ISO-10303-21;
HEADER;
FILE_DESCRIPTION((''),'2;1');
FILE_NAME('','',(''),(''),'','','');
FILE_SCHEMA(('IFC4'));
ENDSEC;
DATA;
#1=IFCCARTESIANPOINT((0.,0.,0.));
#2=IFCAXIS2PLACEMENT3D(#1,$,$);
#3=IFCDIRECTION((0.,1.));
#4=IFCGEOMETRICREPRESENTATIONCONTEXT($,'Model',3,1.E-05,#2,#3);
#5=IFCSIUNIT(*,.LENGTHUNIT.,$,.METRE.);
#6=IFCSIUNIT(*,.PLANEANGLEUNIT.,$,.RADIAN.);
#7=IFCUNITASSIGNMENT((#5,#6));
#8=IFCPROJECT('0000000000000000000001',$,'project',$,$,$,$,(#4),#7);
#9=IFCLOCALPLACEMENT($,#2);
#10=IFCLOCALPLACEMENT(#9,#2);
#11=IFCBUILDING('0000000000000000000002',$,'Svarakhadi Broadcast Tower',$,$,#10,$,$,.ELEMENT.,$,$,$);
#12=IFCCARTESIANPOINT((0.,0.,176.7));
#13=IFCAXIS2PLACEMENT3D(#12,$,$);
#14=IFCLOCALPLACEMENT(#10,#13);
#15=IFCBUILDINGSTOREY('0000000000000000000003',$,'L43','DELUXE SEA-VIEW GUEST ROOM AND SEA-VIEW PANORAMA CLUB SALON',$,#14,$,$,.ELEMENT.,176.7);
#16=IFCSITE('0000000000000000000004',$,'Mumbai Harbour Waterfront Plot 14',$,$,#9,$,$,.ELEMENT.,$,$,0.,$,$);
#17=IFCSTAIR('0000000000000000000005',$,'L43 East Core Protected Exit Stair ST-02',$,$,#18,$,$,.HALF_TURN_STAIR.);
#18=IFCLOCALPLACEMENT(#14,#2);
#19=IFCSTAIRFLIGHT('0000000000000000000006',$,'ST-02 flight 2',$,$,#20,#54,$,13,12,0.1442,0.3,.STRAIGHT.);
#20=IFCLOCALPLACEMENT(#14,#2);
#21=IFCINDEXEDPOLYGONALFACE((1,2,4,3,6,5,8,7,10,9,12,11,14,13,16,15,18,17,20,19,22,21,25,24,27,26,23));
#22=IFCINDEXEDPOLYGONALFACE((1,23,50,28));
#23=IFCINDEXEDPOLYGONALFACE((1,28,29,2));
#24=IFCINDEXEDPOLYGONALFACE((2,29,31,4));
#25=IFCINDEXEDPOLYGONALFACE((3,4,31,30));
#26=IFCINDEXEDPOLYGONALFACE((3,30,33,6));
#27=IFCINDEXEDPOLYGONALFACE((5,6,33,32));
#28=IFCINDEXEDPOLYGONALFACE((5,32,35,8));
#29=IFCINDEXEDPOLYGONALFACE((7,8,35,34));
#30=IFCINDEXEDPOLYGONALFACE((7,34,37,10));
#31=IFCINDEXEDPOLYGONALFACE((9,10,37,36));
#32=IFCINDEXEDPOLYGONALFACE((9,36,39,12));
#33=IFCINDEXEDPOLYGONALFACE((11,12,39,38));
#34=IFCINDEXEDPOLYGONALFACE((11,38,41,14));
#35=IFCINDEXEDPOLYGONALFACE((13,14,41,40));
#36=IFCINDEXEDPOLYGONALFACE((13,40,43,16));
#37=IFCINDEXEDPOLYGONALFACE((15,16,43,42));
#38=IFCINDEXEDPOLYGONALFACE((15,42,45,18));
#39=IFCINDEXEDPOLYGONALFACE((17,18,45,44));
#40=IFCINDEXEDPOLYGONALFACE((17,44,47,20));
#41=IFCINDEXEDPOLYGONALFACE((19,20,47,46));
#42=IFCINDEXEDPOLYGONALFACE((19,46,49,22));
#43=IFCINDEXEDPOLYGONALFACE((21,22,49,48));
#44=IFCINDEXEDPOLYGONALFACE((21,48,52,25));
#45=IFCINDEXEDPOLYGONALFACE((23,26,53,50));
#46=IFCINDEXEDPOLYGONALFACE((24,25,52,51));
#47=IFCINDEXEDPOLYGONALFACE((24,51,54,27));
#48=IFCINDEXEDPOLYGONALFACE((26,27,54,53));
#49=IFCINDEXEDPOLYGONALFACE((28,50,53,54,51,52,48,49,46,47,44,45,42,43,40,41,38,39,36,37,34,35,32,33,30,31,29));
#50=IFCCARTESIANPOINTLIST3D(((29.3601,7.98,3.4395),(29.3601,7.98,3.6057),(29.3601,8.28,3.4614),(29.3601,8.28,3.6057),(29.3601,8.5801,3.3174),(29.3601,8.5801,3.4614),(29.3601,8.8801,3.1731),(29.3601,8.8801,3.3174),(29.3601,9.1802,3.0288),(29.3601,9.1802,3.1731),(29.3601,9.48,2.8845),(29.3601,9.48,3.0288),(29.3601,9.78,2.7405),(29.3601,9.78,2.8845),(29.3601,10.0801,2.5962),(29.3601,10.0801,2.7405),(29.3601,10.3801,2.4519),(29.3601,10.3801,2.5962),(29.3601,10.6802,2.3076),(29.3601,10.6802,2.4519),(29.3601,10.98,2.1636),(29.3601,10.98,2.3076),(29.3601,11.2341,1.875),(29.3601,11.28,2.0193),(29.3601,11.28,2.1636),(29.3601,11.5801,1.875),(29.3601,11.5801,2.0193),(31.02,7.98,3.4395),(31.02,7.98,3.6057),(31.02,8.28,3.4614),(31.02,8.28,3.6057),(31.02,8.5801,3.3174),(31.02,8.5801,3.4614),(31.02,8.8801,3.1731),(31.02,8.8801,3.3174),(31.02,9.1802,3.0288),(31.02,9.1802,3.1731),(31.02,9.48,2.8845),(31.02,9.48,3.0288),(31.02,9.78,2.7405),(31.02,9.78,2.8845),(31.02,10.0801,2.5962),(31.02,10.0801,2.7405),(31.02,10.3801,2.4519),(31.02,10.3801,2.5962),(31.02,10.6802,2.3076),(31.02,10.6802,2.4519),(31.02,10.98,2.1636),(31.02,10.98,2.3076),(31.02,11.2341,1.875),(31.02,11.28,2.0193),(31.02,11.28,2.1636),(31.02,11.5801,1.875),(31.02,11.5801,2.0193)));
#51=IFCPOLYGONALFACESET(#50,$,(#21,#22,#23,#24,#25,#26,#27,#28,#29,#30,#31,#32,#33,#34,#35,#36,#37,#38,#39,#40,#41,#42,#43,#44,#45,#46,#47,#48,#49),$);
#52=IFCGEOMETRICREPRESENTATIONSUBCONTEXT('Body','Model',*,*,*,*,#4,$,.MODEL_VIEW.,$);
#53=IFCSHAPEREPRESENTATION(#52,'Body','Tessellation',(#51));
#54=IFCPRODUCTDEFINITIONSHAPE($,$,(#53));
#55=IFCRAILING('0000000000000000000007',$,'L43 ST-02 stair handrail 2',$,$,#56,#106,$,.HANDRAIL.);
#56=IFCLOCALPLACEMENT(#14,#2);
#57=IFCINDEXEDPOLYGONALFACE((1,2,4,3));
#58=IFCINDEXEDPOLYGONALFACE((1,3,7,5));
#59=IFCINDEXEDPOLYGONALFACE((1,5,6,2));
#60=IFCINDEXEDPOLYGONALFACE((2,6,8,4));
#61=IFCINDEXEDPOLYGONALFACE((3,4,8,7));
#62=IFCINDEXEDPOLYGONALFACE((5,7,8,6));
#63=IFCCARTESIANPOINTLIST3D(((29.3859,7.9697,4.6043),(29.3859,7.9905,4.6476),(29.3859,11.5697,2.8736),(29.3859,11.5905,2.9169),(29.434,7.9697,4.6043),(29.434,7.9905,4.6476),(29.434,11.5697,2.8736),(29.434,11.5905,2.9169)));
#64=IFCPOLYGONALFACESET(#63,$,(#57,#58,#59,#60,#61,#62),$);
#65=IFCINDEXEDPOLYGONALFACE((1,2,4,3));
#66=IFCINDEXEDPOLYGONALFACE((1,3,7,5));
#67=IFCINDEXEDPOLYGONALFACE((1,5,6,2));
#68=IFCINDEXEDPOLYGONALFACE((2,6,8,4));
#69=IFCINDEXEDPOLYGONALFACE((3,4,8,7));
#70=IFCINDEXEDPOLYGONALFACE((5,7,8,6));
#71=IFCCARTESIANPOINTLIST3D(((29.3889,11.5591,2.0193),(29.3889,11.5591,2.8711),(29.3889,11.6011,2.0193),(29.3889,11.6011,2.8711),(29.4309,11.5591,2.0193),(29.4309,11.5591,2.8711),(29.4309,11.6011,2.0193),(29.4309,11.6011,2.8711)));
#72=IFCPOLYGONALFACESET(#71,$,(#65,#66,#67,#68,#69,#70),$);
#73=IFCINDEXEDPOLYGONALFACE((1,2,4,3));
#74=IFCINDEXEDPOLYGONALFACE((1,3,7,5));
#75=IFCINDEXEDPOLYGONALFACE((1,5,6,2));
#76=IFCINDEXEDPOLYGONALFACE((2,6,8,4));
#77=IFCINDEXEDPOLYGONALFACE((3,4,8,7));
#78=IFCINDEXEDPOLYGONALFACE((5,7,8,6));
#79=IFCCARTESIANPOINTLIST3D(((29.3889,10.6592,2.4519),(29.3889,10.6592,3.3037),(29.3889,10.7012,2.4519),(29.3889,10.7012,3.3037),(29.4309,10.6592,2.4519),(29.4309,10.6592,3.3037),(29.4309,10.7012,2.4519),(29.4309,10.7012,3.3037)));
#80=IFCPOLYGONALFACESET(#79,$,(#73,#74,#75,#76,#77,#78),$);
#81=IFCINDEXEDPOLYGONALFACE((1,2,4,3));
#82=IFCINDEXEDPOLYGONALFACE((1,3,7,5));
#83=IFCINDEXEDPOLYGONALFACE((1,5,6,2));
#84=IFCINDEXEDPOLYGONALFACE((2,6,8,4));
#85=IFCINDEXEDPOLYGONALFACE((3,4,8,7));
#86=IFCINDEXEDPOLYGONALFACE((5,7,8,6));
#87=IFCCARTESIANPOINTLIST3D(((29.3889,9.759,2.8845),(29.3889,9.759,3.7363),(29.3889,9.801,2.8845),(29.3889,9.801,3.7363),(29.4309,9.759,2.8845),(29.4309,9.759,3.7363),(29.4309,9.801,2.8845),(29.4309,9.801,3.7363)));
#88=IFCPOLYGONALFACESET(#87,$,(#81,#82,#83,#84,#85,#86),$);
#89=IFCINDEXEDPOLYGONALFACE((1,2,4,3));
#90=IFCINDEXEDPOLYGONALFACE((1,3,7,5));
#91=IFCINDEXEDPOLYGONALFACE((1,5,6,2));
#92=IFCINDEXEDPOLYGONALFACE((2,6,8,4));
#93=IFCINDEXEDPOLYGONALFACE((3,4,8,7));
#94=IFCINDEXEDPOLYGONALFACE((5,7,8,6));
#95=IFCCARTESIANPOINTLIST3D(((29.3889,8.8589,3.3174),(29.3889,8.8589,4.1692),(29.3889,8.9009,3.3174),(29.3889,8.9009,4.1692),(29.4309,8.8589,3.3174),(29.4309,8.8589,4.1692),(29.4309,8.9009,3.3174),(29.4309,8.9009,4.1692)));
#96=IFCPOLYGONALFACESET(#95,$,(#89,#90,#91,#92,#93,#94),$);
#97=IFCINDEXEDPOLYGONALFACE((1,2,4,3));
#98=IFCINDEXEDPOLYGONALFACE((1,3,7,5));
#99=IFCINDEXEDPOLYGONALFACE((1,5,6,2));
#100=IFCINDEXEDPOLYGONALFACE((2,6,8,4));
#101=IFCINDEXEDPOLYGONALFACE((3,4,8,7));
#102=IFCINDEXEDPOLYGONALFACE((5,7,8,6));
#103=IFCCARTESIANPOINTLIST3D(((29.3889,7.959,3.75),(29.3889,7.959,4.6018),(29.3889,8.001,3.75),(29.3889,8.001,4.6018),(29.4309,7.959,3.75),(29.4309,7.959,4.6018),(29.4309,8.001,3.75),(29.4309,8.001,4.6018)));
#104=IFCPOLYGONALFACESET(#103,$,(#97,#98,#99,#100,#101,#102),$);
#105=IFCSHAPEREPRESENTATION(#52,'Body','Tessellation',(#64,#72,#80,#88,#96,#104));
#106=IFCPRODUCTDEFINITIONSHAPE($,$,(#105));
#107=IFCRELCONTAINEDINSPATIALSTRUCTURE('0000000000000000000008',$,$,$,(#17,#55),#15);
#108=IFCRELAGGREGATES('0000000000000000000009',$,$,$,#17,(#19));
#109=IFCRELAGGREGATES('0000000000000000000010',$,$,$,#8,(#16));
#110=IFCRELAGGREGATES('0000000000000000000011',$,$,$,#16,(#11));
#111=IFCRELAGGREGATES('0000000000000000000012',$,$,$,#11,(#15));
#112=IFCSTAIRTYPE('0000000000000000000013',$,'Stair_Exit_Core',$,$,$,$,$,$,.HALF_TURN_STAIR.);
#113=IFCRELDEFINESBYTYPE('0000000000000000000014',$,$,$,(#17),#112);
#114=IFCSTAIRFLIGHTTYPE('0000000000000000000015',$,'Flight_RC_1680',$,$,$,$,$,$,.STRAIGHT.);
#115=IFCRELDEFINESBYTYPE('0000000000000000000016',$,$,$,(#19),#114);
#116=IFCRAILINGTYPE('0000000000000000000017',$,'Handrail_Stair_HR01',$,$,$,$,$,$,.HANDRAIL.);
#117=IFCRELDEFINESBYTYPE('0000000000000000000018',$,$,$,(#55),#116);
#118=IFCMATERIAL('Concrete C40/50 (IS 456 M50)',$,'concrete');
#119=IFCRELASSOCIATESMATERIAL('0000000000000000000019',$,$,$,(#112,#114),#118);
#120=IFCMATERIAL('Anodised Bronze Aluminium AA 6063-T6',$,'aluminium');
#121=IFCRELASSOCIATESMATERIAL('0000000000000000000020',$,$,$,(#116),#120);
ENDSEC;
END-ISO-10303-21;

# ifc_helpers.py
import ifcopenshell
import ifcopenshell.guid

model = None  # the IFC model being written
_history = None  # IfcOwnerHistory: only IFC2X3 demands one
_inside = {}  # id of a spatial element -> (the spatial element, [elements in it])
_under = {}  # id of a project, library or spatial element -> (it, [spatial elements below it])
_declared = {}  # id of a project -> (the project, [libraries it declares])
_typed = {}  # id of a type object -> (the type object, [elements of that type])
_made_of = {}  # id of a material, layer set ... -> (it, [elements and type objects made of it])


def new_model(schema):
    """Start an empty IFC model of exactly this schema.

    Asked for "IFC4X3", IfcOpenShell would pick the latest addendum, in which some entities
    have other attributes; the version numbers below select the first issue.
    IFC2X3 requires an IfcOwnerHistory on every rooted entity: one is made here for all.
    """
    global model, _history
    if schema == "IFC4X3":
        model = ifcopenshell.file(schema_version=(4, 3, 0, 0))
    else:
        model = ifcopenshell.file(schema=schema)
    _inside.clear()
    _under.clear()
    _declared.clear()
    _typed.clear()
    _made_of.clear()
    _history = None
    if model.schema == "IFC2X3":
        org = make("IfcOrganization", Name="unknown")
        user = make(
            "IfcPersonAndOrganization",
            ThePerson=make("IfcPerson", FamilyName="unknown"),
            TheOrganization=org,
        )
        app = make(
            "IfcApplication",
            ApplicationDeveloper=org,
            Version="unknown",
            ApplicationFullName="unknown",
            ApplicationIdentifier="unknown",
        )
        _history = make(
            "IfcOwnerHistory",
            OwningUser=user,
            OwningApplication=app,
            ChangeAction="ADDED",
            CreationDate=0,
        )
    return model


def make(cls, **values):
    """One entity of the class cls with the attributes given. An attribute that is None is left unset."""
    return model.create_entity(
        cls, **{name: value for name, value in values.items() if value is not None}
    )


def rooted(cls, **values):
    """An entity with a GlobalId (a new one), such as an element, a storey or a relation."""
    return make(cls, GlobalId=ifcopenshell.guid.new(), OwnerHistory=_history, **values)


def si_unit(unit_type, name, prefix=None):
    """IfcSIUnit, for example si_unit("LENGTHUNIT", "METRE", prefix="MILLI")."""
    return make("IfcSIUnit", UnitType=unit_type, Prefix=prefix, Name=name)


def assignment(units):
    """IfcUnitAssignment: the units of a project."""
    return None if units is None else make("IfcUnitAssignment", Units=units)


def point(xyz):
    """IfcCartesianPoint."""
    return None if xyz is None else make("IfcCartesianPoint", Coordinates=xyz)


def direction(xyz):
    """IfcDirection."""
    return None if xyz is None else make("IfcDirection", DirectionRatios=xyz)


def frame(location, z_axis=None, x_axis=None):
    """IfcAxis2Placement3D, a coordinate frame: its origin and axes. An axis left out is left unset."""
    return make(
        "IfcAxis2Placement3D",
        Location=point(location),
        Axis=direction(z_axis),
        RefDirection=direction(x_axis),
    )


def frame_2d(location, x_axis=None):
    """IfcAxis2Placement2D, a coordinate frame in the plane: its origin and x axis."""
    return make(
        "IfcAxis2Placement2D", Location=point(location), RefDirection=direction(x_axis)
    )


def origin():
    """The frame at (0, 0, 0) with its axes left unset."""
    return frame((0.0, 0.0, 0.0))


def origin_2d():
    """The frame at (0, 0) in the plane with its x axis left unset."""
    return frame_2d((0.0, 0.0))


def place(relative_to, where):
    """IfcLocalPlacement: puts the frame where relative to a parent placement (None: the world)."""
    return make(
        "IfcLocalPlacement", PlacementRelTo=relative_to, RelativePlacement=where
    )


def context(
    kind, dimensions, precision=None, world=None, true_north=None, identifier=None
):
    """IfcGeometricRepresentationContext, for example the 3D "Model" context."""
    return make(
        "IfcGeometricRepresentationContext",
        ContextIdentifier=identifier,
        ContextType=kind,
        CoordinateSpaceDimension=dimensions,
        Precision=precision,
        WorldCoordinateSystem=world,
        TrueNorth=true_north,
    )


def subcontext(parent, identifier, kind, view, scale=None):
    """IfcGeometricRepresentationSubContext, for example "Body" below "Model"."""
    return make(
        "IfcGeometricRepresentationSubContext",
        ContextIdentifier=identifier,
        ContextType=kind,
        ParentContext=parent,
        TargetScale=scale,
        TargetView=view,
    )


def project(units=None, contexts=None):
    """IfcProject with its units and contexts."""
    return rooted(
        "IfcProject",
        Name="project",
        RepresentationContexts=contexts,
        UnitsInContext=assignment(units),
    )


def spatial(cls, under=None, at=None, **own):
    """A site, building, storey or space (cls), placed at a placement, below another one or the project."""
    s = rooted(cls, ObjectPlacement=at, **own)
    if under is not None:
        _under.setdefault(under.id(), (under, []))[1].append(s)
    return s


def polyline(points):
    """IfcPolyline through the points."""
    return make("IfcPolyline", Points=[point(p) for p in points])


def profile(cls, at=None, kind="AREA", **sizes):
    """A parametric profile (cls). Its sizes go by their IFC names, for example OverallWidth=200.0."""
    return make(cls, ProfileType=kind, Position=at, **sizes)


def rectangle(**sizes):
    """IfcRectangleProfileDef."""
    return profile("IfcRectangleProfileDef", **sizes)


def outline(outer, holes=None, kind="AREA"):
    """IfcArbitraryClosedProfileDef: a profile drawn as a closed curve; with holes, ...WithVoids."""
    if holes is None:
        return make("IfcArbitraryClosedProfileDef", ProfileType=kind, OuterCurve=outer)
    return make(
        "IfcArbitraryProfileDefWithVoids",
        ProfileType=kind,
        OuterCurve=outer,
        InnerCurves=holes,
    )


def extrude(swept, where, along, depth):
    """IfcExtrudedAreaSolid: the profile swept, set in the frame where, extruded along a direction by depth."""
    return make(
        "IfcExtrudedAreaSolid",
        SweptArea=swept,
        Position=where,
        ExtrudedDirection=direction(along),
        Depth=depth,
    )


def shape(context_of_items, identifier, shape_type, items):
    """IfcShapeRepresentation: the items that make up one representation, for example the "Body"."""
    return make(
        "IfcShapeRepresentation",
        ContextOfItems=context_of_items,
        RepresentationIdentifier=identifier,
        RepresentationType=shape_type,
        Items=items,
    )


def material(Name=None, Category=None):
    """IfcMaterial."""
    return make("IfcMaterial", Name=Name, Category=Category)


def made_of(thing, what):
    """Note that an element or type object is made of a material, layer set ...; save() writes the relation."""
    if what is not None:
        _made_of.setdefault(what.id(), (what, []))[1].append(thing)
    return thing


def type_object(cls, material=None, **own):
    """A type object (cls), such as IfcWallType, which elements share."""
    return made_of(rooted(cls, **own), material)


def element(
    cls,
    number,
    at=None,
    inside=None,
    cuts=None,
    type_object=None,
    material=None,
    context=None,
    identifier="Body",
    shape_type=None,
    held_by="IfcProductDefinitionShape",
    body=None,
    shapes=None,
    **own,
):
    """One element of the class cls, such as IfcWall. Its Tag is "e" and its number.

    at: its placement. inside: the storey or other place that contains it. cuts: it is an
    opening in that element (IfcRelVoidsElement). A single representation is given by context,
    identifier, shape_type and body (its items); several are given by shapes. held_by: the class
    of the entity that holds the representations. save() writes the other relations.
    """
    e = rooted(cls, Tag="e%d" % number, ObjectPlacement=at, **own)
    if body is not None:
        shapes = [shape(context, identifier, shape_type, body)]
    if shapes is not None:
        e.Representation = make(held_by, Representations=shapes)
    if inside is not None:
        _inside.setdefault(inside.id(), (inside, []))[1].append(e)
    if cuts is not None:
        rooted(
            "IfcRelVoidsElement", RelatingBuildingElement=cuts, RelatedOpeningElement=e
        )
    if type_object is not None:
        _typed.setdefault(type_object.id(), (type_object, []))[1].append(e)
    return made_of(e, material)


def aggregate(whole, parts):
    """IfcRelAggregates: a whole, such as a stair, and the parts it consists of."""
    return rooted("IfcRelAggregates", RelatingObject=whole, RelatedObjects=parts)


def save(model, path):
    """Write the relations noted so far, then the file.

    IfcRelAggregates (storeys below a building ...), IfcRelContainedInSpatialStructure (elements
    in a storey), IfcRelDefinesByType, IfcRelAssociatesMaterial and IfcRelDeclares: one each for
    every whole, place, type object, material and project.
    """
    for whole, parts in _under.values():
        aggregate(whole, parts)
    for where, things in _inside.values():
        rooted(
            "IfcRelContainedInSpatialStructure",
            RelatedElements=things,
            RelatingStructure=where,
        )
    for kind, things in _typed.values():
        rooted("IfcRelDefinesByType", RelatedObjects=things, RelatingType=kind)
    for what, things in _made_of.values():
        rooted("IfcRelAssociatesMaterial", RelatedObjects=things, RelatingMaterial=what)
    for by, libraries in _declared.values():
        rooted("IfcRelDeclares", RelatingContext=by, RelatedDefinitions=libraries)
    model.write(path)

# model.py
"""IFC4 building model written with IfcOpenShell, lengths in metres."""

from ifc_helpers import new_model, si_unit, direction, frame, origin, origin_2d, place, context, subcontext, project, spatial, polyline, rectangle, outline, extrude, material, type_object, element, aggregate, save


model = new_model("IFC4")

# Units and contexts
model_context = context("Model", 3, precision=1e-05, world=origin(), true_north=direction((0.0, 1.0)))
body_context = subcontext(model_context, "Body", "Model", "MODEL_VIEW")
ifc_project = project(units=[si_unit("LENGTHUNIT", "METRE"), si_unit("PLANEANGLEUNIT", "RADIAN")], contexts=[model_context])

# Site, building, storey
site_placement = place(None, origin())
site = spatial("IfcSite", under=ifc_project, at=site_placement, Name="Mumbai Harbour Waterfront Plot 14", CompositionType="ELEMENT", RefElevation=0.0)
building_placement = place(site_placement, origin())
building = spatial("IfcBuilding", under=site, at=building_placement, Name="Svarakhadi Broadcast Tower", CompositionType="ELEMENT")
storey_placement = place(building_placement, frame((0.0, 0.0, 176.7)))
storey = spatial("IfcBuildingStorey", under=building, at=storey_placement, Name="L43", Description="DELUXE SEA-VIEW GUEST ROOM AND SEA-VIEW PANORAMA CLUB SALON", CompositionType="ELEMENT", Elevation=176.7)

# Shared definitions
ifc_material_1 = material(Name="Anodised Bronze Aluminium AA 6063-T6", Category="aluminium")

# Stair, stair flight
ifc_material_2 = material(Name="Concrete C40/50 (IS 456 M50)", Category="concrete")
stair_type = type_object("IfcStairType", Name="Stair_Exit_Core", PredefinedType="HALF_TURN_STAIR", material=ifc_material_2)
stair_placement = place(storey_placement, origin())
stair = element("IfcStair", 1, at=stair_placement, inside=storey, type_object=stair_type, Name="L43 East Core Protected Exit Stair ST-02", PredefinedType="HALF_TURN_STAIR")
stair_flight_type = type_object("IfcStairFlightType", Name="Flight_RC_1680", PredefinedType="STRAIGHT", material=ifc_material_2)
stair_flight_placement = place(storey_placement, frame((30.1899, 11.5801, 1.875), z_axis=(0.0, 0.0, 1.0), x_axis=(0.0, -1.0, 0.0)))
stair_flight = element("IfcStairFlight", 2, at=stair_flight_placement, type_object=stair_flight_type, Name="ST-02 flight 2", NumberOfRisers=13, NumberOfTreads=12, PredefinedType="STRAIGHT", RiserHeight=0.1442, TreadLength=0.3, context=body_context, shape_type="SweptSolid", body=[
    extrude(outline(polyline([(0.0, 0.0), (0.0, 0.1443), (0.3, 0.1443), (0.3, 0.2886), (0.6001, 0.2886), (0.6001, 0.4326), (0.8999, 0.4326), (0.8999, 0.5769), (1.2, 0.5769), (1.2, 0.7212), (1.5, 0.7212), (1.5, 0.8655), (1.8, 0.8655), (1.8, 1.0095), (2.1001, 1.0095), (2.1001, 1.1538), (2.3999, 1.1538), (2.3999, 1.2981), (2.7, 1.2981), (2.7, 1.4424), (3.0, 1.4424), (3.0, 1.5864), (3.3, 1.5864), (3.3, 1.7307), (3.6001, 1.7307), (3.6001, 1.875), (3.6001, 1.5645), (0.3459, 0.0), (0.0, 0.0)])), frame((0.0, 0.8301, 0.0), z_axis=(0.0, -1.0, 0.0), x_axis=(1.0, 0.0, 0.0)), (0.0, 0.0, 1.0), 1.6599),
])
aggregate(stair, [stair_flight])

# Railing
railing_type = type_object("IfcRailingType", Name="Handrail_Stair_HR01", PredefinedType="HANDRAIL", material=ifc_material_1)
railing_placement = place(storey_placement, frame((29.4099, 11.5801, 2.0193)))
element("IfcRailing", 3, at=railing_placement, inside=storey, type_object=railing_type, Name="L43 ST-02 stair handrail 2", PredefinedType="HANDRAIL", context=body_context, shape_type="SweptSolid", body=[
    extrude(rectangle(XDim=0.0481, YDim=0.0481, at=origin_2d()), frame((0.0, 0.0, 0.876), z_axis=(0.0, -0.901263, 0.433273), x_axis=(1.0, 0.0, 0.0)), (0.0, 0.0, 1.0), 3.9944),
    extrude(rectangle(XDim=0.042, YDim=0.042, at=origin_2d()), origin(), (0.0, 0.0, 1.0), 0.8518),
    extrude(rectangle(XDim=0.042, YDim=0.042, at=origin_2d()), frame((0.0, -0.8999, 0.4326)), (0.0, 0.0, 1.0), 0.8518),
    extrude(rectangle(XDim=0.042, YDim=0.042, at=origin_2d()), frame((0.0, -1.8, 0.8652)), (0.0, 0.0, 1.0), 0.8518),
    extrude(rectangle(XDim=0.042, YDim=0.042, at=origin_2d()), frame((0.0, -2.7002, 1.2981)), (0.0, 0.0, 1.0), 0.8518),
    extrude(rectangle(XDim=0.042, YDim=0.042, at=origin_2d()), frame((0.0, -3.6001, 1.7307)), (0.0, 0.0, 1.0), 0.8518),
])

save(model, "model.ifc")
